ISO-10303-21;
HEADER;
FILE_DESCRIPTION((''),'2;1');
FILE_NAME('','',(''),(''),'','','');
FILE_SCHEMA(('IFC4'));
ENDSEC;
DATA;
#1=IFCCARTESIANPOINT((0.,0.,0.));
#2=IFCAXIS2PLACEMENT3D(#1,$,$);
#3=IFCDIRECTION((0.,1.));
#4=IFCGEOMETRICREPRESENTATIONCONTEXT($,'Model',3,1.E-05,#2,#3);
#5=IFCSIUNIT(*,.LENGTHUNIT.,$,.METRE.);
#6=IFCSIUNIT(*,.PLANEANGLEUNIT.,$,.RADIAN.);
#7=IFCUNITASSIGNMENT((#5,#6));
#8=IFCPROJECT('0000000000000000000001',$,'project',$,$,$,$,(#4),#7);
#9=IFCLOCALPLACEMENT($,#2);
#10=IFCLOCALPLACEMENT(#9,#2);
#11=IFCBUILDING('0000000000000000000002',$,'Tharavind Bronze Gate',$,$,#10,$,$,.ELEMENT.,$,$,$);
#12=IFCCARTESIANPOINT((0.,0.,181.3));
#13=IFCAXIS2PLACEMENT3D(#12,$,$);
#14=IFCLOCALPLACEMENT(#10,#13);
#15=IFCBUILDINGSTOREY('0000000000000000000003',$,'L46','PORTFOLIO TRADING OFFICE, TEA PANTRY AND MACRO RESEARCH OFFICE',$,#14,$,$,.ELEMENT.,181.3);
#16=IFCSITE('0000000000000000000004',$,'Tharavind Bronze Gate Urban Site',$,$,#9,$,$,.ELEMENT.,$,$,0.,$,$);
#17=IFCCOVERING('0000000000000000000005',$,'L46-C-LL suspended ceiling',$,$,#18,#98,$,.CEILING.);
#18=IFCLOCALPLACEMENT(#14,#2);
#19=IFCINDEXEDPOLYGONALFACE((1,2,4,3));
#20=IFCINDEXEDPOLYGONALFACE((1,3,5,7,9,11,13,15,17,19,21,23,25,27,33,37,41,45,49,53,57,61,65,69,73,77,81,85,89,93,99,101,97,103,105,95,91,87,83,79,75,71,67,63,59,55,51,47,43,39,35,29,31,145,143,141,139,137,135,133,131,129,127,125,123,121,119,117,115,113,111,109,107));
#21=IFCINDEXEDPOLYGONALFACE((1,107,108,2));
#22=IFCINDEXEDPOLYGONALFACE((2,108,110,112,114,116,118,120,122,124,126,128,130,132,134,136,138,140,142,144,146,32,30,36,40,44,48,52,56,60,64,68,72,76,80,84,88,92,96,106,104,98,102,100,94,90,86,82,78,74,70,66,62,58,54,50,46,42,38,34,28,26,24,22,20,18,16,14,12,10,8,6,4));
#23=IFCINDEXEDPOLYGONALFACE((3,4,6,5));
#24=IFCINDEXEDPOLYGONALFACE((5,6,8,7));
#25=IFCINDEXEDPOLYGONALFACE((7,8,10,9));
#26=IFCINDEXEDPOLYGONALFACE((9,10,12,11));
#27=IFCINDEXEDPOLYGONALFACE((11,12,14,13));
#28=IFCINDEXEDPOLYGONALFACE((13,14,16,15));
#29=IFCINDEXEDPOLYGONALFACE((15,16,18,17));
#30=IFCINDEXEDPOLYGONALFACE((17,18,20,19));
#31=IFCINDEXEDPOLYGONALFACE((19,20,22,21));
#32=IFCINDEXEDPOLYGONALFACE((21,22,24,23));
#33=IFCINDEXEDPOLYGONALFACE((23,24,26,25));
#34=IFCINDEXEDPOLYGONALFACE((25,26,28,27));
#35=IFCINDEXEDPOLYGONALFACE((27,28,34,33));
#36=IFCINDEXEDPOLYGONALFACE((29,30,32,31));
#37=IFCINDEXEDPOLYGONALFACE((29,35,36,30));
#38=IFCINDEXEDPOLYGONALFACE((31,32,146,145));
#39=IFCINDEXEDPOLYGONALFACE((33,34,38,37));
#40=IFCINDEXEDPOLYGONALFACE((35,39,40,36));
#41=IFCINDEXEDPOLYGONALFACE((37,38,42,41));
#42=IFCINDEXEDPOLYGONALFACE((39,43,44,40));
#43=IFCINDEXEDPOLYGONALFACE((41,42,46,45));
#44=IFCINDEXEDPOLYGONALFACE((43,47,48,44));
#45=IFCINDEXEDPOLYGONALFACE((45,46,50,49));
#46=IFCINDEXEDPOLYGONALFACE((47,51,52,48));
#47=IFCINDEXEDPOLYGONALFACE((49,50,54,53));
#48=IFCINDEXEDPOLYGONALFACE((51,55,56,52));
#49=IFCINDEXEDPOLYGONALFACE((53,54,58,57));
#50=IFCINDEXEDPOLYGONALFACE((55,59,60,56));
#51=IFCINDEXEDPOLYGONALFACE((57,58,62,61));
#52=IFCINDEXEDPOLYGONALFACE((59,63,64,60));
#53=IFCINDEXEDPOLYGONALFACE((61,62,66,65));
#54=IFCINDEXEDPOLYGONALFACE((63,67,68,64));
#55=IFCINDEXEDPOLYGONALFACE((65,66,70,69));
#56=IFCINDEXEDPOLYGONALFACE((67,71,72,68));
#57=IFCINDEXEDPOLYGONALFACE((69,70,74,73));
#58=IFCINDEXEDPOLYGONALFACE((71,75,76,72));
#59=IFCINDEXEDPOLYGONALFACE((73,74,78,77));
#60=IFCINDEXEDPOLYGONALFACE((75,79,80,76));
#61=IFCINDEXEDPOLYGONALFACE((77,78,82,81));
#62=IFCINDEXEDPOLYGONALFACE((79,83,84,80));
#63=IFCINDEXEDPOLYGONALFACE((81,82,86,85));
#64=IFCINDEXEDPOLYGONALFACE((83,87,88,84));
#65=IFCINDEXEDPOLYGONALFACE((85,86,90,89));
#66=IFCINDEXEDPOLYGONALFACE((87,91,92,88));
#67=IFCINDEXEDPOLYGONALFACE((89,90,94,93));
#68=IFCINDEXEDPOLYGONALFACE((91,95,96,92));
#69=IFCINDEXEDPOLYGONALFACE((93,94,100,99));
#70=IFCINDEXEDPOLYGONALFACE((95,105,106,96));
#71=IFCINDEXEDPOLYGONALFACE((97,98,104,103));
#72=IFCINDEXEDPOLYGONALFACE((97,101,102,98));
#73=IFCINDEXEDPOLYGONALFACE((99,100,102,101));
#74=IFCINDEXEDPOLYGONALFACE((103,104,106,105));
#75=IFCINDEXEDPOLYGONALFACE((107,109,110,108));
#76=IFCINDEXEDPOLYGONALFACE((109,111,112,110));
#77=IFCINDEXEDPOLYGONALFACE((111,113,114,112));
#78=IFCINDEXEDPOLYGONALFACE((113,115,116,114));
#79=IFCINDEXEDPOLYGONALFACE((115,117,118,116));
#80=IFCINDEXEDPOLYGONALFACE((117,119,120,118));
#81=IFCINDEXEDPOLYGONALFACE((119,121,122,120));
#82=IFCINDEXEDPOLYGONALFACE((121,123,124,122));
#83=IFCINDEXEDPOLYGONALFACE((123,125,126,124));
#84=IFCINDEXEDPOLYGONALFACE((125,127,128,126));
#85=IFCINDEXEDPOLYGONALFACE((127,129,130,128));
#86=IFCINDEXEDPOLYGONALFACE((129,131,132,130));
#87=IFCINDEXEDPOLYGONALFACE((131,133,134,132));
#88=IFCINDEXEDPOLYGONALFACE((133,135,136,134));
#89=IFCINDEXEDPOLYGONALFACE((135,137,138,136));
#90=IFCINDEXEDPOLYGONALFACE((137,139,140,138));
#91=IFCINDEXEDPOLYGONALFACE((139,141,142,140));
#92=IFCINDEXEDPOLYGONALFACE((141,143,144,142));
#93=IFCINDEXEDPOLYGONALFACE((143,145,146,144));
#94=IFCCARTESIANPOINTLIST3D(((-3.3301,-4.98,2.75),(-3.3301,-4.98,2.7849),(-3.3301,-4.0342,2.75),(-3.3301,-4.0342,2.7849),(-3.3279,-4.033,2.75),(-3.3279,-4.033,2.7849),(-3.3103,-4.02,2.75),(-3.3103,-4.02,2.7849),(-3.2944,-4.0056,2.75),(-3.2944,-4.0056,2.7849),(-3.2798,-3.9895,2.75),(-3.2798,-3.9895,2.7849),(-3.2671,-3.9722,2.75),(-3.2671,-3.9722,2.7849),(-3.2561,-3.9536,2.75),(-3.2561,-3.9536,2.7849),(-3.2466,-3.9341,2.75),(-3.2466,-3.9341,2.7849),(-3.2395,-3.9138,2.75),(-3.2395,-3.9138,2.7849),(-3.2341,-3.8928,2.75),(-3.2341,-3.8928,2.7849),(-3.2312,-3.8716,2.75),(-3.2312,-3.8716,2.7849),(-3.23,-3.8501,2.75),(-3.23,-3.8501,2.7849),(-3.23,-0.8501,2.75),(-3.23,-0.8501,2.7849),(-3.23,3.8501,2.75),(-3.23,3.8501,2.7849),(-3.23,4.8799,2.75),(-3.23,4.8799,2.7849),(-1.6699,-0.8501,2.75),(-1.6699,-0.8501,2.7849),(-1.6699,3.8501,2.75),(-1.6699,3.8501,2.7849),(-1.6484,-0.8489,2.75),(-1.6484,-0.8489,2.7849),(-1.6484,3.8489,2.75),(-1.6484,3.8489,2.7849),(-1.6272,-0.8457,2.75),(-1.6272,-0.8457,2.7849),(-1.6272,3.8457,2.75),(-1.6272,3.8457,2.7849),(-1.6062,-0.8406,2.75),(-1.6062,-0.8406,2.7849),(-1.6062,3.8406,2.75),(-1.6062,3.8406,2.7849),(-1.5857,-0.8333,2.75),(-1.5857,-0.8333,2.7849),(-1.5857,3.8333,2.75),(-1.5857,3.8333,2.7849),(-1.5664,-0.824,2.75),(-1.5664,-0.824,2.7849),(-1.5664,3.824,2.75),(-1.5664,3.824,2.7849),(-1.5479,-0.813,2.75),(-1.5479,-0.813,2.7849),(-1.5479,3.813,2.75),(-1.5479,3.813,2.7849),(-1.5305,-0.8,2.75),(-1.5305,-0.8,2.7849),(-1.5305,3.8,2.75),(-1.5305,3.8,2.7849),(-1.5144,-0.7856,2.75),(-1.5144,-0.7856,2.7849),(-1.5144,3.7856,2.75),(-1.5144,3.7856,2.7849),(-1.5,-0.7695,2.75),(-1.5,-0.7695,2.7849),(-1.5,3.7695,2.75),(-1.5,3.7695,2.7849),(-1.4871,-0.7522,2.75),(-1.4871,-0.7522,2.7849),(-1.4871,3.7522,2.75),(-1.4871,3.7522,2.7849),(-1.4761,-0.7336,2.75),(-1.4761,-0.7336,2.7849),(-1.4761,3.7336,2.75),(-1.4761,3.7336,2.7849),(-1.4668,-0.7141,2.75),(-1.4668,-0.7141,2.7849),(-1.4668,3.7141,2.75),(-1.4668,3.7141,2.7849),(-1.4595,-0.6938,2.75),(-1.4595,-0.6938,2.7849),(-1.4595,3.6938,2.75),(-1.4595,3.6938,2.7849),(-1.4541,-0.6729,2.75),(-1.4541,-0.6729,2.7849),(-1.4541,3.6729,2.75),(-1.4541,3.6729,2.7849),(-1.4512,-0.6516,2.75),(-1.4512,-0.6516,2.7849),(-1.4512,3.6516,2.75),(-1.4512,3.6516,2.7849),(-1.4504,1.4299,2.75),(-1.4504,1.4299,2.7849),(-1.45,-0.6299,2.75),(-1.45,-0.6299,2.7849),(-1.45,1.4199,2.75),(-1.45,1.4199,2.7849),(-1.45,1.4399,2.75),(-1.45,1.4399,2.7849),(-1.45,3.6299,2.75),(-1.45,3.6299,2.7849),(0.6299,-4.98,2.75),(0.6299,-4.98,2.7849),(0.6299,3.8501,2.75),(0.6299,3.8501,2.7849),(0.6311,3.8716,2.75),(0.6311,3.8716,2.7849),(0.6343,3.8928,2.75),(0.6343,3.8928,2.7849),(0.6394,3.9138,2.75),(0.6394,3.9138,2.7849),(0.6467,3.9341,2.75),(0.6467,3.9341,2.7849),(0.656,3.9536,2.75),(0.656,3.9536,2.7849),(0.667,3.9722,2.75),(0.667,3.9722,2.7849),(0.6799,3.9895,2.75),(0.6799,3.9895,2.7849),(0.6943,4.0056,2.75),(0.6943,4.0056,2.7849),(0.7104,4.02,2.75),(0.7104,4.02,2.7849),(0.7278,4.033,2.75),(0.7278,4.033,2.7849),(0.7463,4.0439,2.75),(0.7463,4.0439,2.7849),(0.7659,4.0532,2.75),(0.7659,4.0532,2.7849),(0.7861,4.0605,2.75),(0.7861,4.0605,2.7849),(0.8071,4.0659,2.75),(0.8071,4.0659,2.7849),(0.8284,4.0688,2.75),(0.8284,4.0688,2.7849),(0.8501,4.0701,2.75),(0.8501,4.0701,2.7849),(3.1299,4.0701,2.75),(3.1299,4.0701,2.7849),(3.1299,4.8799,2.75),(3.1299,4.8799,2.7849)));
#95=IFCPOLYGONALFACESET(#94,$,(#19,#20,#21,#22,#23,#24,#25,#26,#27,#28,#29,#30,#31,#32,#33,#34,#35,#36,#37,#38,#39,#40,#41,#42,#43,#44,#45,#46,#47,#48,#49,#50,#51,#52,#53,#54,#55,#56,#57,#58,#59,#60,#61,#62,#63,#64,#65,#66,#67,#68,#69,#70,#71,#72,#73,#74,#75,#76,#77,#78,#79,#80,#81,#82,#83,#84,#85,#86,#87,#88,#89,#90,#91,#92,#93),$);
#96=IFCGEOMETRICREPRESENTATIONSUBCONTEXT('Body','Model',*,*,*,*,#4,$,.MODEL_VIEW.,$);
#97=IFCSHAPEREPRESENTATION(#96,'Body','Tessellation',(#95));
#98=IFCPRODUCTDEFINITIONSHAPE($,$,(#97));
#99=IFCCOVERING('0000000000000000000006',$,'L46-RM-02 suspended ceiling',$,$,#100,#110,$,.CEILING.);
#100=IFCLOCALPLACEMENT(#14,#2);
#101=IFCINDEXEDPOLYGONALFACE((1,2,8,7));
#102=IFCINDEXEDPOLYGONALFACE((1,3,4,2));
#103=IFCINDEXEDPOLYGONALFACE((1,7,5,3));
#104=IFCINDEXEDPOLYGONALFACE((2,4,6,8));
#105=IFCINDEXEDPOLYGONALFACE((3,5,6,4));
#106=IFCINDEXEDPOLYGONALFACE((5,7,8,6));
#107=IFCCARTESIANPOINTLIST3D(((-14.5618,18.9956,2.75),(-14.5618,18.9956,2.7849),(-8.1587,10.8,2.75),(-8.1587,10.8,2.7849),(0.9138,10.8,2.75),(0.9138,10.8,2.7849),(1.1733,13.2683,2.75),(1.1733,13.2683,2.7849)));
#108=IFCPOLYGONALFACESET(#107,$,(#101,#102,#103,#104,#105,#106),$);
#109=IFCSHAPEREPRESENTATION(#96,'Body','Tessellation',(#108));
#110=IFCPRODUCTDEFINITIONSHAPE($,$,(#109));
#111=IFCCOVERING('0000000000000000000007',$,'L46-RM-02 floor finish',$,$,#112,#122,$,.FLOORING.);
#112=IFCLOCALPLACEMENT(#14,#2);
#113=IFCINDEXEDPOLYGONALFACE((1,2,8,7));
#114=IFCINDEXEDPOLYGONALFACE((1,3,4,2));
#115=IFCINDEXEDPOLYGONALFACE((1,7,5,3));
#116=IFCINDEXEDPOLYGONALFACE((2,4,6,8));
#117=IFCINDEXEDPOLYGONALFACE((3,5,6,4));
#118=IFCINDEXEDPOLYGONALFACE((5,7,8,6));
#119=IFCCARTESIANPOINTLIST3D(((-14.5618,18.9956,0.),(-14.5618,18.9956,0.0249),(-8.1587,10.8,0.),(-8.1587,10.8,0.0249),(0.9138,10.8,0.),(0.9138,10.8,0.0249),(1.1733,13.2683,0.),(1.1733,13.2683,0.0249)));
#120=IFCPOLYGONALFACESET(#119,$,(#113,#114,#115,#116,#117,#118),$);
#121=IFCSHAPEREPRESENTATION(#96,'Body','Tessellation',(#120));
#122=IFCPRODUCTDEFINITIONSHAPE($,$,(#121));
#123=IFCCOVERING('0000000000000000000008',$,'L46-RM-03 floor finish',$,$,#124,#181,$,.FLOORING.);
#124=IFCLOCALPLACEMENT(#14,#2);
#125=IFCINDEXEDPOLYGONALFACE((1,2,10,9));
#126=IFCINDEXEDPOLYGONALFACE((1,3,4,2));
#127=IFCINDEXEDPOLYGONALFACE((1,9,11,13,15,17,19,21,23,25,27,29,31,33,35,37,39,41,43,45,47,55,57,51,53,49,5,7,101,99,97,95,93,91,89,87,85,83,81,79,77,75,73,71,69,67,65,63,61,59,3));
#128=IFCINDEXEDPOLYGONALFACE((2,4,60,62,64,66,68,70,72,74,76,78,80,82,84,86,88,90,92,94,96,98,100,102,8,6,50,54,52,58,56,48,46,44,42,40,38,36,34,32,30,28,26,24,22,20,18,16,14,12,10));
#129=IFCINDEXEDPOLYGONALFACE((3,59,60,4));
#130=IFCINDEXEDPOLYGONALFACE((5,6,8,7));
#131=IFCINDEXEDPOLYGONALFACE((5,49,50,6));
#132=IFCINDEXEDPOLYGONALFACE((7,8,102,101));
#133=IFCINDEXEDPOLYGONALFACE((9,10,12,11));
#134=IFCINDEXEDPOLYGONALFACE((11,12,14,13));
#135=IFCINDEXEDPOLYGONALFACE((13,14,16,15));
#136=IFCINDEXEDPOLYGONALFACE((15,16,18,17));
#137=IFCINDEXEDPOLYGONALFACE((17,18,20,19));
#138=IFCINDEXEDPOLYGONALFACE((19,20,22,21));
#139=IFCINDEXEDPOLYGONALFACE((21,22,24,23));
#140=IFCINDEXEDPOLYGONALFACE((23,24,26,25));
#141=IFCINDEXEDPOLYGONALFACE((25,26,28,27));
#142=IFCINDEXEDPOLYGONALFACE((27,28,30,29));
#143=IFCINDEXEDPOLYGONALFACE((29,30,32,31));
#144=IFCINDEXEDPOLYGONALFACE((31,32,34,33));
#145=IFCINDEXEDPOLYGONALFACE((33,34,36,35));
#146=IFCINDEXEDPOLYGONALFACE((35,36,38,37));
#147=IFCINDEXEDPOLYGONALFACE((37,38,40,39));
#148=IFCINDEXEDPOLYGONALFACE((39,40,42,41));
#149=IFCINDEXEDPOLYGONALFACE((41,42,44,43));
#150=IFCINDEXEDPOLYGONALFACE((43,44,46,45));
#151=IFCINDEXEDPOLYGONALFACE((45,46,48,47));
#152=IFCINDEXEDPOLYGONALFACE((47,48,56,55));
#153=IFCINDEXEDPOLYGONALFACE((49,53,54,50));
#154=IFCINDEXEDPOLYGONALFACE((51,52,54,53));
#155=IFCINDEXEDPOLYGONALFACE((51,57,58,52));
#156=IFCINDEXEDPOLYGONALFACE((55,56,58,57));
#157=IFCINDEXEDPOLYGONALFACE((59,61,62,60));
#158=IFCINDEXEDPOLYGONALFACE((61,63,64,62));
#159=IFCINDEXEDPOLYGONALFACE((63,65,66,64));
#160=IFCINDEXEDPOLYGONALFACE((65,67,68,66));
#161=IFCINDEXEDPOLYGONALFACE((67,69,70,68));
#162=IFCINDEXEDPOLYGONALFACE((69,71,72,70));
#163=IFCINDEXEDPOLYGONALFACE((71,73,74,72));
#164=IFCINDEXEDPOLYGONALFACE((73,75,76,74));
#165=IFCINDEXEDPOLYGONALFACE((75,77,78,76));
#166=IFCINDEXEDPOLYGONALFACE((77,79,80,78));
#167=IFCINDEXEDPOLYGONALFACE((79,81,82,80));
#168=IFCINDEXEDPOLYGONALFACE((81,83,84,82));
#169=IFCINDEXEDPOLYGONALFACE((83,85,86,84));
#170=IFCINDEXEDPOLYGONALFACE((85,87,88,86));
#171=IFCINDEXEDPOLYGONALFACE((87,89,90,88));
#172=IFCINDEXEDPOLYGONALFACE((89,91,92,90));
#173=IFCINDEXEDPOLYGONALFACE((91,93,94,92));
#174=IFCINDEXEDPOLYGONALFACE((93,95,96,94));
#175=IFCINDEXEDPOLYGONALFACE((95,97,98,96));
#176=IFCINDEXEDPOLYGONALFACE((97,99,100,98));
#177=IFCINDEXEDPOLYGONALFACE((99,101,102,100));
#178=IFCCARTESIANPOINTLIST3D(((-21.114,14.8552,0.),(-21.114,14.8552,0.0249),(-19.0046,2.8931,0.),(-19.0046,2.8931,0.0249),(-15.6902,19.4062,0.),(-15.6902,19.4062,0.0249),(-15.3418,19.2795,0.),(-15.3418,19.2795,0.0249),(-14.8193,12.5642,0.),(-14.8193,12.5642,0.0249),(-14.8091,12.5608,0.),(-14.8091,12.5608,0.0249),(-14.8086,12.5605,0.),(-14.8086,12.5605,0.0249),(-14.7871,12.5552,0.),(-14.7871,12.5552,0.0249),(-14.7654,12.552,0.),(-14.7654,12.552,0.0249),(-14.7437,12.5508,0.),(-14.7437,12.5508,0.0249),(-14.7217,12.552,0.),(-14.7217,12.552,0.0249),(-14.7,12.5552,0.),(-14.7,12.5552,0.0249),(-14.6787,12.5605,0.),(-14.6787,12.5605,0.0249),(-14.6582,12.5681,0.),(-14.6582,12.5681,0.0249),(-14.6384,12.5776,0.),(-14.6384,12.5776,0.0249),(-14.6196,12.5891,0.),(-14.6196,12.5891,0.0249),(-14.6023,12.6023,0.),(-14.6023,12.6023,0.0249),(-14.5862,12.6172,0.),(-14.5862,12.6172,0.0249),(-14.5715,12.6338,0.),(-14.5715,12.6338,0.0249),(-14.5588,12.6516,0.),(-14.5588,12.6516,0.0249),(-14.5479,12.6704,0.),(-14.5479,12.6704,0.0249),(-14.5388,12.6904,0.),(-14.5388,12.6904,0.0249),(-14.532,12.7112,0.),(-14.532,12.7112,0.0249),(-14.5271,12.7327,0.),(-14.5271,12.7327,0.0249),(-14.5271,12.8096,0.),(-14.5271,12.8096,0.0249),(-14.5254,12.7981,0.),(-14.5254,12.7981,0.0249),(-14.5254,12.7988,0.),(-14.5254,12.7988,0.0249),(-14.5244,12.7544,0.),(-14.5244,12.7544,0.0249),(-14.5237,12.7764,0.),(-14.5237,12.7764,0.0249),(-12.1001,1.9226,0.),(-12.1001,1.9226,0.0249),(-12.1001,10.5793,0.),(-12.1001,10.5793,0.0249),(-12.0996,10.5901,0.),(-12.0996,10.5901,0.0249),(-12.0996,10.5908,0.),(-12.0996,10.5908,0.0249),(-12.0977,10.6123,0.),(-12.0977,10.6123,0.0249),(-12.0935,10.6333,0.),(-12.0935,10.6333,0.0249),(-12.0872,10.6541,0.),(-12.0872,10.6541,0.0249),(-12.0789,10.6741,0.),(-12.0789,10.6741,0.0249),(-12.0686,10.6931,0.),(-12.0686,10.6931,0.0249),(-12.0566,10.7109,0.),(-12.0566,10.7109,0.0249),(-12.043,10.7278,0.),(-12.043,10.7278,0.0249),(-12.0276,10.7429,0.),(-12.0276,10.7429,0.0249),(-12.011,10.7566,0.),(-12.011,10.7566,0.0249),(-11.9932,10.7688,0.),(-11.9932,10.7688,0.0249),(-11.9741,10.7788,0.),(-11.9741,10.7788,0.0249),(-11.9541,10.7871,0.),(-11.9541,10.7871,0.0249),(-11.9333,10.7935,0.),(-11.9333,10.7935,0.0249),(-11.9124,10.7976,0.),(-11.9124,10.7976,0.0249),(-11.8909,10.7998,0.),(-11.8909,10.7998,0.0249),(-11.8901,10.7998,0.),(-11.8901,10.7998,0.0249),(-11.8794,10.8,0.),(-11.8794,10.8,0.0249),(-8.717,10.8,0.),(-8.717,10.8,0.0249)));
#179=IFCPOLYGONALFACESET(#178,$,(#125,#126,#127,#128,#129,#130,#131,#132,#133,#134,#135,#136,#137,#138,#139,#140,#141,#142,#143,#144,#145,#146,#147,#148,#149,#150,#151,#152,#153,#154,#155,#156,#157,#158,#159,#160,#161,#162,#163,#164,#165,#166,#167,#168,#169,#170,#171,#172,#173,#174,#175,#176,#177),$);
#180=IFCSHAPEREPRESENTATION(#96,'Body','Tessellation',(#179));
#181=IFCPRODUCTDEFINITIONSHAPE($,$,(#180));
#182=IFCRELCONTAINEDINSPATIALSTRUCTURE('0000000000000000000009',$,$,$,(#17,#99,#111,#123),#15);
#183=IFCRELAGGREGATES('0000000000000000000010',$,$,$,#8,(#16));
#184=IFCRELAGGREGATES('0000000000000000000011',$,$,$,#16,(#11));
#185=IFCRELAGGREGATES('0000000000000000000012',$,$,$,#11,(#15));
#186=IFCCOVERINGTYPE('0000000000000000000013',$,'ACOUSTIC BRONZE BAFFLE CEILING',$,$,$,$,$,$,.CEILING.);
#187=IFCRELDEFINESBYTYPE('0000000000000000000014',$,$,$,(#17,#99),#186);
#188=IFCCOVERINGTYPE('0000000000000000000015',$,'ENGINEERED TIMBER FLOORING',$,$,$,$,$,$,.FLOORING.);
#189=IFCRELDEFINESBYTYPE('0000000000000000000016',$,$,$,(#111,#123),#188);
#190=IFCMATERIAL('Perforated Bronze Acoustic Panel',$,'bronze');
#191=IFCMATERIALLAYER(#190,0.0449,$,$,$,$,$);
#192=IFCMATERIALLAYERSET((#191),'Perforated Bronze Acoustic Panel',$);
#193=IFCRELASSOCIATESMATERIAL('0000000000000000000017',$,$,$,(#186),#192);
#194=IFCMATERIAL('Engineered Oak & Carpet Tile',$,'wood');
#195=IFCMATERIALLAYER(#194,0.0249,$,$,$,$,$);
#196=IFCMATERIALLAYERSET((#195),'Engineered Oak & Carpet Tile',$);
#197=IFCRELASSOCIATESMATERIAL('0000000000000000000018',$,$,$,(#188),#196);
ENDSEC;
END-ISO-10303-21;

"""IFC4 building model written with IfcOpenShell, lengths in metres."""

from ifc_helpers import new_model, si_unit, direction, frame, origin, place, context, subcontext, project, spatial, polyline, outline, extrude, material, layer, layer_set, type_object, element, save


model = new_model("IFC4")

# Units and contexts
model_context = context("Model", 3, precision=1e-05, world=origin(), true_north=direction((0.0, 1.0)))
body_context = subcontext(model_context, "Body", "Model", "MODEL_VIEW")
ifc_project = project(units=[si_unit("LENGTHUNIT", "METRE"), si_unit("PLANEANGLEUNIT", "RADIAN")], contexts=[model_context])

# Site, building, storey
site_placement = place(None, origin())
site = spatial("IfcSite", under=ifc_project, at=site_placement, Name="Tharavind Bronze Gate Urban Site", CompositionType="ELEMENT", RefElevation=0.0)
building_placement = place(site_placement, origin())
building = spatial("IfcBuilding", under=site, at=building_placement, Name="Tharavind Bronze Gate", CompositionType="ELEMENT")
storey_placement = place(building_placement, frame((0.0, 0.0, 181.3)))
storey = spatial("IfcBuildingStorey", under=building, at=storey_placement, Name="L46", Description="PORTFOLIO TRADING OFFICE, TEA PANTRY AND MACRO RESEARCH OFFICE", CompositionType="ELEMENT", Elevation=181.3)

# Coverings
ifc_material_1 = material(Name="Perforated Bronze Acoustic Panel", Category="bronze")
ifc_layer_1 = layer(ifc_material_1, 0.0449)
ifc_layer_set_1 = layer_set([ifc_layer_1], Name="Perforated Bronze Acoustic Panel")
covering_type_1 = type_object("IfcCoveringType", Name="ACOUSTIC BRONZE BAFFLE CEILING", PredefinedType="CEILING", material=ifc_layer_set_1)
covering_1_placement = place(storey_placement, frame((0.0, 0.0, 2.75)))
element("IfcCovering", 1, at=covering_1_placement, inside=storey, type_object=covering_type_1, Name="L46-C-LL suspended ceiling", PredefinedType="CEILING", context=body_context, shape_type="SweptSolid", body=[
    extrude(outline(polyline([(-3.3301, -4.98), (0.6299, -4.98), (0.6299, 3.8501), (0.6311, 3.8716), (0.6343, 3.8928), (0.6394, 3.9138), (0.6467, 3.9341), (0.656, 3.9536), (0.667, 3.9722), (0.6799, 3.9895), (0.6943, 4.0056), (0.7104, 4.02), (0.7278, 4.033), (0.7463, 4.0439), (0.7659, 4.0532), (0.7861, 4.0605), (0.8071, 4.0659), (0.8284, 4.0688), (0.8501, 4.0701), (3.1299, 4.0701), (3.1299, 4.8799), (-3.23, 4.8799), (-3.23, 3.8501), (-1.6699, 3.8501), (-1.6484, 3.8489), (-1.6272, 3.8457), (-1.6062, 3.8406), (-1.5857, 3.8333), (-1.5664, 3.824), (-1.5479, 3.813), (-1.5305, 3.8), (-1.5144, 3.7856), (-1.5, 3.7695), (-1.4871, 3.7522), (-1.4761, 3.7336), (-1.4668, 3.7141), (-1.4595, 3.6938), (-1.4541, 3.6729), (-1.4512, 3.6516), (-1.45, 3.6299), (-1.45, 1.4399), (-1.4504, 1.4299), (-1.45, 1.4199), (-1.45, -0.6299), (-1.4512, -0.6516), (-1.4541, -0.6729), (-1.4595, -0.6938), (-1.4668, -0.7141), (-1.4761, -0.7336), (-1.4871, -0.7522), (-1.5, -0.7695), (-1.5144, -0.7856), (-1.5305, -0.8), (-1.5479, -0.813), (-1.5664, -0.824), (-1.5857, -0.8333), (-1.6062, -0.8406), (-1.6272, -0.8457), (-1.6484, -0.8489), (-1.6699, -0.8501), (-3.23, -0.8501), (-3.23, -3.8501), (-3.2312, -3.8716), (-3.2341, -3.8928), (-3.2395, -3.9138), (-3.2466, -3.9341), (-3.2561, -3.9536), (-3.2671, -3.9722), (-3.2798, -3.9895), (-3.2944, -4.0056), (-3.3103, -4.02), (-3.3279, -4.033), (-3.3301, -4.0342), (-3.3301, -4.98)])), origin(), (0.0, 0.0, 1.0), 0.0349),
])
covering_2_placement = place(storey_placement, frame((0.0, 0.0, 2.75)))
element("IfcCovering", 2, at=covering_2_placement, inside=storey, type_object=covering_type_1, Name="L46-RM-02 suspended ceiling", PredefinedType="CEILING", context=body_context, shape_type="SweptSolid", body=[
    extrude(outline(polyline([(-8.1587, 10.8), (0.9138, 10.8), (1.1733, 13.2683), (-14.5618, 18.9956), (-8.1587, 10.8)])), origin(), (0.0, 0.0, 1.0), 0.0349),
])
ifc_material_2 = material(Name="Engineered Oak & Carpet Tile", Category="wood")
ifc_layer_2 = layer(ifc_material_2, 0.0249)
ifc_layer_set_2 = layer_set([ifc_layer_2], Name="Engineered Oak & Carpet Tile")
covering_type_2 = type_object("IfcCoveringType", Name="ENGINEERED TIMBER FLOORING", PredefinedType="FLOORING", material=ifc_layer_set_2)
covering_3_placement = place(storey_placement, origin())
element("IfcCovering", 3, at=covering_3_placement, inside=storey, type_object=covering_type_2, Name="L46-RM-02 floor finish", PredefinedType="FLOORING", context=body_context, shape_type="SweptSolid", body=[
    extrude(outline(polyline([(-8.1587, 10.8), (0.9138, 10.8), (1.1733, 13.2683), (-14.5618, 18.9956), (-8.1587, 10.8)])), origin(), (0.0, 0.0, 1.0), 0.0249),
])
covering_4_placement = place(storey_placement, origin())
element("IfcCovering", 4, at=covering_4_placement, inside=storey, type_object=covering_type_2, Name="L46-RM-03 floor finish", PredefinedType="FLOORING", context=body_context, shape_type="SweptSolid", body=[
    extrude(outline(polyline([(-19.0046, 2.8931), (-12.1001, 1.9226), (-12.1001, 10.5793), (-12.0996, 10.5901), (-12.0996, 10.5908), (-12.0977, 10.6123), (-12.0935, 10.6333), (-12.0872, 10.6541), (-12.0789, 10.6741), (-12.0686, 10.6931), (-12.0566, 10.7109), (-12.043, 10.7278), (-12.0276, 10.7429), (-12.011, 10.7566), (-11.9932, 10.7688), (-11.9741, 10.7788), (-11.9541, 10.7871), (-11.9333, 10.7935), (-11.9124, 10.7976), (-11.8909, 10.7998), (-11.8901, 10.7998), (-11.8794, 10.8), (-8.717, 10.8), (-15.3418, 19.2795), (-15.6902, 19.4062), (-14.5271, 12.8096), (-14.5254, 12.7988), (-14.5254, 12.7981), (-14.5237, 12.7764), (-14.5244, 12.7544), (-14.5271, 12.7327), (-14.532, 12.7112), (-14.5388, 12.6904), (-14.5479, 12.6704), (-14.5588, 12.6516), (-14.5715, 12.6338), (-14.5862, 12.6172), (-14.6023, 12.6023), (-14.6196, 12.5891), (-14.6384, 12.5776), (-14.6582, 12.5681), (-14.6787, 12.5605), (-14.7, 12.5552), (-14.7217, 12.552), (-14.7437, 12.5508), (-14.7654, 12.552), (-14.7871, 12.5552), (-14.8086, 12.5605), (-14.8091, 12.5608), (-14.8193, 12.5642), (-21.114, 14.8552), (-19.0046, 2.8931)])), origin(), (0.0, 0.0, 1.0), 0.0249),
])

save(model, "model.ifc")
